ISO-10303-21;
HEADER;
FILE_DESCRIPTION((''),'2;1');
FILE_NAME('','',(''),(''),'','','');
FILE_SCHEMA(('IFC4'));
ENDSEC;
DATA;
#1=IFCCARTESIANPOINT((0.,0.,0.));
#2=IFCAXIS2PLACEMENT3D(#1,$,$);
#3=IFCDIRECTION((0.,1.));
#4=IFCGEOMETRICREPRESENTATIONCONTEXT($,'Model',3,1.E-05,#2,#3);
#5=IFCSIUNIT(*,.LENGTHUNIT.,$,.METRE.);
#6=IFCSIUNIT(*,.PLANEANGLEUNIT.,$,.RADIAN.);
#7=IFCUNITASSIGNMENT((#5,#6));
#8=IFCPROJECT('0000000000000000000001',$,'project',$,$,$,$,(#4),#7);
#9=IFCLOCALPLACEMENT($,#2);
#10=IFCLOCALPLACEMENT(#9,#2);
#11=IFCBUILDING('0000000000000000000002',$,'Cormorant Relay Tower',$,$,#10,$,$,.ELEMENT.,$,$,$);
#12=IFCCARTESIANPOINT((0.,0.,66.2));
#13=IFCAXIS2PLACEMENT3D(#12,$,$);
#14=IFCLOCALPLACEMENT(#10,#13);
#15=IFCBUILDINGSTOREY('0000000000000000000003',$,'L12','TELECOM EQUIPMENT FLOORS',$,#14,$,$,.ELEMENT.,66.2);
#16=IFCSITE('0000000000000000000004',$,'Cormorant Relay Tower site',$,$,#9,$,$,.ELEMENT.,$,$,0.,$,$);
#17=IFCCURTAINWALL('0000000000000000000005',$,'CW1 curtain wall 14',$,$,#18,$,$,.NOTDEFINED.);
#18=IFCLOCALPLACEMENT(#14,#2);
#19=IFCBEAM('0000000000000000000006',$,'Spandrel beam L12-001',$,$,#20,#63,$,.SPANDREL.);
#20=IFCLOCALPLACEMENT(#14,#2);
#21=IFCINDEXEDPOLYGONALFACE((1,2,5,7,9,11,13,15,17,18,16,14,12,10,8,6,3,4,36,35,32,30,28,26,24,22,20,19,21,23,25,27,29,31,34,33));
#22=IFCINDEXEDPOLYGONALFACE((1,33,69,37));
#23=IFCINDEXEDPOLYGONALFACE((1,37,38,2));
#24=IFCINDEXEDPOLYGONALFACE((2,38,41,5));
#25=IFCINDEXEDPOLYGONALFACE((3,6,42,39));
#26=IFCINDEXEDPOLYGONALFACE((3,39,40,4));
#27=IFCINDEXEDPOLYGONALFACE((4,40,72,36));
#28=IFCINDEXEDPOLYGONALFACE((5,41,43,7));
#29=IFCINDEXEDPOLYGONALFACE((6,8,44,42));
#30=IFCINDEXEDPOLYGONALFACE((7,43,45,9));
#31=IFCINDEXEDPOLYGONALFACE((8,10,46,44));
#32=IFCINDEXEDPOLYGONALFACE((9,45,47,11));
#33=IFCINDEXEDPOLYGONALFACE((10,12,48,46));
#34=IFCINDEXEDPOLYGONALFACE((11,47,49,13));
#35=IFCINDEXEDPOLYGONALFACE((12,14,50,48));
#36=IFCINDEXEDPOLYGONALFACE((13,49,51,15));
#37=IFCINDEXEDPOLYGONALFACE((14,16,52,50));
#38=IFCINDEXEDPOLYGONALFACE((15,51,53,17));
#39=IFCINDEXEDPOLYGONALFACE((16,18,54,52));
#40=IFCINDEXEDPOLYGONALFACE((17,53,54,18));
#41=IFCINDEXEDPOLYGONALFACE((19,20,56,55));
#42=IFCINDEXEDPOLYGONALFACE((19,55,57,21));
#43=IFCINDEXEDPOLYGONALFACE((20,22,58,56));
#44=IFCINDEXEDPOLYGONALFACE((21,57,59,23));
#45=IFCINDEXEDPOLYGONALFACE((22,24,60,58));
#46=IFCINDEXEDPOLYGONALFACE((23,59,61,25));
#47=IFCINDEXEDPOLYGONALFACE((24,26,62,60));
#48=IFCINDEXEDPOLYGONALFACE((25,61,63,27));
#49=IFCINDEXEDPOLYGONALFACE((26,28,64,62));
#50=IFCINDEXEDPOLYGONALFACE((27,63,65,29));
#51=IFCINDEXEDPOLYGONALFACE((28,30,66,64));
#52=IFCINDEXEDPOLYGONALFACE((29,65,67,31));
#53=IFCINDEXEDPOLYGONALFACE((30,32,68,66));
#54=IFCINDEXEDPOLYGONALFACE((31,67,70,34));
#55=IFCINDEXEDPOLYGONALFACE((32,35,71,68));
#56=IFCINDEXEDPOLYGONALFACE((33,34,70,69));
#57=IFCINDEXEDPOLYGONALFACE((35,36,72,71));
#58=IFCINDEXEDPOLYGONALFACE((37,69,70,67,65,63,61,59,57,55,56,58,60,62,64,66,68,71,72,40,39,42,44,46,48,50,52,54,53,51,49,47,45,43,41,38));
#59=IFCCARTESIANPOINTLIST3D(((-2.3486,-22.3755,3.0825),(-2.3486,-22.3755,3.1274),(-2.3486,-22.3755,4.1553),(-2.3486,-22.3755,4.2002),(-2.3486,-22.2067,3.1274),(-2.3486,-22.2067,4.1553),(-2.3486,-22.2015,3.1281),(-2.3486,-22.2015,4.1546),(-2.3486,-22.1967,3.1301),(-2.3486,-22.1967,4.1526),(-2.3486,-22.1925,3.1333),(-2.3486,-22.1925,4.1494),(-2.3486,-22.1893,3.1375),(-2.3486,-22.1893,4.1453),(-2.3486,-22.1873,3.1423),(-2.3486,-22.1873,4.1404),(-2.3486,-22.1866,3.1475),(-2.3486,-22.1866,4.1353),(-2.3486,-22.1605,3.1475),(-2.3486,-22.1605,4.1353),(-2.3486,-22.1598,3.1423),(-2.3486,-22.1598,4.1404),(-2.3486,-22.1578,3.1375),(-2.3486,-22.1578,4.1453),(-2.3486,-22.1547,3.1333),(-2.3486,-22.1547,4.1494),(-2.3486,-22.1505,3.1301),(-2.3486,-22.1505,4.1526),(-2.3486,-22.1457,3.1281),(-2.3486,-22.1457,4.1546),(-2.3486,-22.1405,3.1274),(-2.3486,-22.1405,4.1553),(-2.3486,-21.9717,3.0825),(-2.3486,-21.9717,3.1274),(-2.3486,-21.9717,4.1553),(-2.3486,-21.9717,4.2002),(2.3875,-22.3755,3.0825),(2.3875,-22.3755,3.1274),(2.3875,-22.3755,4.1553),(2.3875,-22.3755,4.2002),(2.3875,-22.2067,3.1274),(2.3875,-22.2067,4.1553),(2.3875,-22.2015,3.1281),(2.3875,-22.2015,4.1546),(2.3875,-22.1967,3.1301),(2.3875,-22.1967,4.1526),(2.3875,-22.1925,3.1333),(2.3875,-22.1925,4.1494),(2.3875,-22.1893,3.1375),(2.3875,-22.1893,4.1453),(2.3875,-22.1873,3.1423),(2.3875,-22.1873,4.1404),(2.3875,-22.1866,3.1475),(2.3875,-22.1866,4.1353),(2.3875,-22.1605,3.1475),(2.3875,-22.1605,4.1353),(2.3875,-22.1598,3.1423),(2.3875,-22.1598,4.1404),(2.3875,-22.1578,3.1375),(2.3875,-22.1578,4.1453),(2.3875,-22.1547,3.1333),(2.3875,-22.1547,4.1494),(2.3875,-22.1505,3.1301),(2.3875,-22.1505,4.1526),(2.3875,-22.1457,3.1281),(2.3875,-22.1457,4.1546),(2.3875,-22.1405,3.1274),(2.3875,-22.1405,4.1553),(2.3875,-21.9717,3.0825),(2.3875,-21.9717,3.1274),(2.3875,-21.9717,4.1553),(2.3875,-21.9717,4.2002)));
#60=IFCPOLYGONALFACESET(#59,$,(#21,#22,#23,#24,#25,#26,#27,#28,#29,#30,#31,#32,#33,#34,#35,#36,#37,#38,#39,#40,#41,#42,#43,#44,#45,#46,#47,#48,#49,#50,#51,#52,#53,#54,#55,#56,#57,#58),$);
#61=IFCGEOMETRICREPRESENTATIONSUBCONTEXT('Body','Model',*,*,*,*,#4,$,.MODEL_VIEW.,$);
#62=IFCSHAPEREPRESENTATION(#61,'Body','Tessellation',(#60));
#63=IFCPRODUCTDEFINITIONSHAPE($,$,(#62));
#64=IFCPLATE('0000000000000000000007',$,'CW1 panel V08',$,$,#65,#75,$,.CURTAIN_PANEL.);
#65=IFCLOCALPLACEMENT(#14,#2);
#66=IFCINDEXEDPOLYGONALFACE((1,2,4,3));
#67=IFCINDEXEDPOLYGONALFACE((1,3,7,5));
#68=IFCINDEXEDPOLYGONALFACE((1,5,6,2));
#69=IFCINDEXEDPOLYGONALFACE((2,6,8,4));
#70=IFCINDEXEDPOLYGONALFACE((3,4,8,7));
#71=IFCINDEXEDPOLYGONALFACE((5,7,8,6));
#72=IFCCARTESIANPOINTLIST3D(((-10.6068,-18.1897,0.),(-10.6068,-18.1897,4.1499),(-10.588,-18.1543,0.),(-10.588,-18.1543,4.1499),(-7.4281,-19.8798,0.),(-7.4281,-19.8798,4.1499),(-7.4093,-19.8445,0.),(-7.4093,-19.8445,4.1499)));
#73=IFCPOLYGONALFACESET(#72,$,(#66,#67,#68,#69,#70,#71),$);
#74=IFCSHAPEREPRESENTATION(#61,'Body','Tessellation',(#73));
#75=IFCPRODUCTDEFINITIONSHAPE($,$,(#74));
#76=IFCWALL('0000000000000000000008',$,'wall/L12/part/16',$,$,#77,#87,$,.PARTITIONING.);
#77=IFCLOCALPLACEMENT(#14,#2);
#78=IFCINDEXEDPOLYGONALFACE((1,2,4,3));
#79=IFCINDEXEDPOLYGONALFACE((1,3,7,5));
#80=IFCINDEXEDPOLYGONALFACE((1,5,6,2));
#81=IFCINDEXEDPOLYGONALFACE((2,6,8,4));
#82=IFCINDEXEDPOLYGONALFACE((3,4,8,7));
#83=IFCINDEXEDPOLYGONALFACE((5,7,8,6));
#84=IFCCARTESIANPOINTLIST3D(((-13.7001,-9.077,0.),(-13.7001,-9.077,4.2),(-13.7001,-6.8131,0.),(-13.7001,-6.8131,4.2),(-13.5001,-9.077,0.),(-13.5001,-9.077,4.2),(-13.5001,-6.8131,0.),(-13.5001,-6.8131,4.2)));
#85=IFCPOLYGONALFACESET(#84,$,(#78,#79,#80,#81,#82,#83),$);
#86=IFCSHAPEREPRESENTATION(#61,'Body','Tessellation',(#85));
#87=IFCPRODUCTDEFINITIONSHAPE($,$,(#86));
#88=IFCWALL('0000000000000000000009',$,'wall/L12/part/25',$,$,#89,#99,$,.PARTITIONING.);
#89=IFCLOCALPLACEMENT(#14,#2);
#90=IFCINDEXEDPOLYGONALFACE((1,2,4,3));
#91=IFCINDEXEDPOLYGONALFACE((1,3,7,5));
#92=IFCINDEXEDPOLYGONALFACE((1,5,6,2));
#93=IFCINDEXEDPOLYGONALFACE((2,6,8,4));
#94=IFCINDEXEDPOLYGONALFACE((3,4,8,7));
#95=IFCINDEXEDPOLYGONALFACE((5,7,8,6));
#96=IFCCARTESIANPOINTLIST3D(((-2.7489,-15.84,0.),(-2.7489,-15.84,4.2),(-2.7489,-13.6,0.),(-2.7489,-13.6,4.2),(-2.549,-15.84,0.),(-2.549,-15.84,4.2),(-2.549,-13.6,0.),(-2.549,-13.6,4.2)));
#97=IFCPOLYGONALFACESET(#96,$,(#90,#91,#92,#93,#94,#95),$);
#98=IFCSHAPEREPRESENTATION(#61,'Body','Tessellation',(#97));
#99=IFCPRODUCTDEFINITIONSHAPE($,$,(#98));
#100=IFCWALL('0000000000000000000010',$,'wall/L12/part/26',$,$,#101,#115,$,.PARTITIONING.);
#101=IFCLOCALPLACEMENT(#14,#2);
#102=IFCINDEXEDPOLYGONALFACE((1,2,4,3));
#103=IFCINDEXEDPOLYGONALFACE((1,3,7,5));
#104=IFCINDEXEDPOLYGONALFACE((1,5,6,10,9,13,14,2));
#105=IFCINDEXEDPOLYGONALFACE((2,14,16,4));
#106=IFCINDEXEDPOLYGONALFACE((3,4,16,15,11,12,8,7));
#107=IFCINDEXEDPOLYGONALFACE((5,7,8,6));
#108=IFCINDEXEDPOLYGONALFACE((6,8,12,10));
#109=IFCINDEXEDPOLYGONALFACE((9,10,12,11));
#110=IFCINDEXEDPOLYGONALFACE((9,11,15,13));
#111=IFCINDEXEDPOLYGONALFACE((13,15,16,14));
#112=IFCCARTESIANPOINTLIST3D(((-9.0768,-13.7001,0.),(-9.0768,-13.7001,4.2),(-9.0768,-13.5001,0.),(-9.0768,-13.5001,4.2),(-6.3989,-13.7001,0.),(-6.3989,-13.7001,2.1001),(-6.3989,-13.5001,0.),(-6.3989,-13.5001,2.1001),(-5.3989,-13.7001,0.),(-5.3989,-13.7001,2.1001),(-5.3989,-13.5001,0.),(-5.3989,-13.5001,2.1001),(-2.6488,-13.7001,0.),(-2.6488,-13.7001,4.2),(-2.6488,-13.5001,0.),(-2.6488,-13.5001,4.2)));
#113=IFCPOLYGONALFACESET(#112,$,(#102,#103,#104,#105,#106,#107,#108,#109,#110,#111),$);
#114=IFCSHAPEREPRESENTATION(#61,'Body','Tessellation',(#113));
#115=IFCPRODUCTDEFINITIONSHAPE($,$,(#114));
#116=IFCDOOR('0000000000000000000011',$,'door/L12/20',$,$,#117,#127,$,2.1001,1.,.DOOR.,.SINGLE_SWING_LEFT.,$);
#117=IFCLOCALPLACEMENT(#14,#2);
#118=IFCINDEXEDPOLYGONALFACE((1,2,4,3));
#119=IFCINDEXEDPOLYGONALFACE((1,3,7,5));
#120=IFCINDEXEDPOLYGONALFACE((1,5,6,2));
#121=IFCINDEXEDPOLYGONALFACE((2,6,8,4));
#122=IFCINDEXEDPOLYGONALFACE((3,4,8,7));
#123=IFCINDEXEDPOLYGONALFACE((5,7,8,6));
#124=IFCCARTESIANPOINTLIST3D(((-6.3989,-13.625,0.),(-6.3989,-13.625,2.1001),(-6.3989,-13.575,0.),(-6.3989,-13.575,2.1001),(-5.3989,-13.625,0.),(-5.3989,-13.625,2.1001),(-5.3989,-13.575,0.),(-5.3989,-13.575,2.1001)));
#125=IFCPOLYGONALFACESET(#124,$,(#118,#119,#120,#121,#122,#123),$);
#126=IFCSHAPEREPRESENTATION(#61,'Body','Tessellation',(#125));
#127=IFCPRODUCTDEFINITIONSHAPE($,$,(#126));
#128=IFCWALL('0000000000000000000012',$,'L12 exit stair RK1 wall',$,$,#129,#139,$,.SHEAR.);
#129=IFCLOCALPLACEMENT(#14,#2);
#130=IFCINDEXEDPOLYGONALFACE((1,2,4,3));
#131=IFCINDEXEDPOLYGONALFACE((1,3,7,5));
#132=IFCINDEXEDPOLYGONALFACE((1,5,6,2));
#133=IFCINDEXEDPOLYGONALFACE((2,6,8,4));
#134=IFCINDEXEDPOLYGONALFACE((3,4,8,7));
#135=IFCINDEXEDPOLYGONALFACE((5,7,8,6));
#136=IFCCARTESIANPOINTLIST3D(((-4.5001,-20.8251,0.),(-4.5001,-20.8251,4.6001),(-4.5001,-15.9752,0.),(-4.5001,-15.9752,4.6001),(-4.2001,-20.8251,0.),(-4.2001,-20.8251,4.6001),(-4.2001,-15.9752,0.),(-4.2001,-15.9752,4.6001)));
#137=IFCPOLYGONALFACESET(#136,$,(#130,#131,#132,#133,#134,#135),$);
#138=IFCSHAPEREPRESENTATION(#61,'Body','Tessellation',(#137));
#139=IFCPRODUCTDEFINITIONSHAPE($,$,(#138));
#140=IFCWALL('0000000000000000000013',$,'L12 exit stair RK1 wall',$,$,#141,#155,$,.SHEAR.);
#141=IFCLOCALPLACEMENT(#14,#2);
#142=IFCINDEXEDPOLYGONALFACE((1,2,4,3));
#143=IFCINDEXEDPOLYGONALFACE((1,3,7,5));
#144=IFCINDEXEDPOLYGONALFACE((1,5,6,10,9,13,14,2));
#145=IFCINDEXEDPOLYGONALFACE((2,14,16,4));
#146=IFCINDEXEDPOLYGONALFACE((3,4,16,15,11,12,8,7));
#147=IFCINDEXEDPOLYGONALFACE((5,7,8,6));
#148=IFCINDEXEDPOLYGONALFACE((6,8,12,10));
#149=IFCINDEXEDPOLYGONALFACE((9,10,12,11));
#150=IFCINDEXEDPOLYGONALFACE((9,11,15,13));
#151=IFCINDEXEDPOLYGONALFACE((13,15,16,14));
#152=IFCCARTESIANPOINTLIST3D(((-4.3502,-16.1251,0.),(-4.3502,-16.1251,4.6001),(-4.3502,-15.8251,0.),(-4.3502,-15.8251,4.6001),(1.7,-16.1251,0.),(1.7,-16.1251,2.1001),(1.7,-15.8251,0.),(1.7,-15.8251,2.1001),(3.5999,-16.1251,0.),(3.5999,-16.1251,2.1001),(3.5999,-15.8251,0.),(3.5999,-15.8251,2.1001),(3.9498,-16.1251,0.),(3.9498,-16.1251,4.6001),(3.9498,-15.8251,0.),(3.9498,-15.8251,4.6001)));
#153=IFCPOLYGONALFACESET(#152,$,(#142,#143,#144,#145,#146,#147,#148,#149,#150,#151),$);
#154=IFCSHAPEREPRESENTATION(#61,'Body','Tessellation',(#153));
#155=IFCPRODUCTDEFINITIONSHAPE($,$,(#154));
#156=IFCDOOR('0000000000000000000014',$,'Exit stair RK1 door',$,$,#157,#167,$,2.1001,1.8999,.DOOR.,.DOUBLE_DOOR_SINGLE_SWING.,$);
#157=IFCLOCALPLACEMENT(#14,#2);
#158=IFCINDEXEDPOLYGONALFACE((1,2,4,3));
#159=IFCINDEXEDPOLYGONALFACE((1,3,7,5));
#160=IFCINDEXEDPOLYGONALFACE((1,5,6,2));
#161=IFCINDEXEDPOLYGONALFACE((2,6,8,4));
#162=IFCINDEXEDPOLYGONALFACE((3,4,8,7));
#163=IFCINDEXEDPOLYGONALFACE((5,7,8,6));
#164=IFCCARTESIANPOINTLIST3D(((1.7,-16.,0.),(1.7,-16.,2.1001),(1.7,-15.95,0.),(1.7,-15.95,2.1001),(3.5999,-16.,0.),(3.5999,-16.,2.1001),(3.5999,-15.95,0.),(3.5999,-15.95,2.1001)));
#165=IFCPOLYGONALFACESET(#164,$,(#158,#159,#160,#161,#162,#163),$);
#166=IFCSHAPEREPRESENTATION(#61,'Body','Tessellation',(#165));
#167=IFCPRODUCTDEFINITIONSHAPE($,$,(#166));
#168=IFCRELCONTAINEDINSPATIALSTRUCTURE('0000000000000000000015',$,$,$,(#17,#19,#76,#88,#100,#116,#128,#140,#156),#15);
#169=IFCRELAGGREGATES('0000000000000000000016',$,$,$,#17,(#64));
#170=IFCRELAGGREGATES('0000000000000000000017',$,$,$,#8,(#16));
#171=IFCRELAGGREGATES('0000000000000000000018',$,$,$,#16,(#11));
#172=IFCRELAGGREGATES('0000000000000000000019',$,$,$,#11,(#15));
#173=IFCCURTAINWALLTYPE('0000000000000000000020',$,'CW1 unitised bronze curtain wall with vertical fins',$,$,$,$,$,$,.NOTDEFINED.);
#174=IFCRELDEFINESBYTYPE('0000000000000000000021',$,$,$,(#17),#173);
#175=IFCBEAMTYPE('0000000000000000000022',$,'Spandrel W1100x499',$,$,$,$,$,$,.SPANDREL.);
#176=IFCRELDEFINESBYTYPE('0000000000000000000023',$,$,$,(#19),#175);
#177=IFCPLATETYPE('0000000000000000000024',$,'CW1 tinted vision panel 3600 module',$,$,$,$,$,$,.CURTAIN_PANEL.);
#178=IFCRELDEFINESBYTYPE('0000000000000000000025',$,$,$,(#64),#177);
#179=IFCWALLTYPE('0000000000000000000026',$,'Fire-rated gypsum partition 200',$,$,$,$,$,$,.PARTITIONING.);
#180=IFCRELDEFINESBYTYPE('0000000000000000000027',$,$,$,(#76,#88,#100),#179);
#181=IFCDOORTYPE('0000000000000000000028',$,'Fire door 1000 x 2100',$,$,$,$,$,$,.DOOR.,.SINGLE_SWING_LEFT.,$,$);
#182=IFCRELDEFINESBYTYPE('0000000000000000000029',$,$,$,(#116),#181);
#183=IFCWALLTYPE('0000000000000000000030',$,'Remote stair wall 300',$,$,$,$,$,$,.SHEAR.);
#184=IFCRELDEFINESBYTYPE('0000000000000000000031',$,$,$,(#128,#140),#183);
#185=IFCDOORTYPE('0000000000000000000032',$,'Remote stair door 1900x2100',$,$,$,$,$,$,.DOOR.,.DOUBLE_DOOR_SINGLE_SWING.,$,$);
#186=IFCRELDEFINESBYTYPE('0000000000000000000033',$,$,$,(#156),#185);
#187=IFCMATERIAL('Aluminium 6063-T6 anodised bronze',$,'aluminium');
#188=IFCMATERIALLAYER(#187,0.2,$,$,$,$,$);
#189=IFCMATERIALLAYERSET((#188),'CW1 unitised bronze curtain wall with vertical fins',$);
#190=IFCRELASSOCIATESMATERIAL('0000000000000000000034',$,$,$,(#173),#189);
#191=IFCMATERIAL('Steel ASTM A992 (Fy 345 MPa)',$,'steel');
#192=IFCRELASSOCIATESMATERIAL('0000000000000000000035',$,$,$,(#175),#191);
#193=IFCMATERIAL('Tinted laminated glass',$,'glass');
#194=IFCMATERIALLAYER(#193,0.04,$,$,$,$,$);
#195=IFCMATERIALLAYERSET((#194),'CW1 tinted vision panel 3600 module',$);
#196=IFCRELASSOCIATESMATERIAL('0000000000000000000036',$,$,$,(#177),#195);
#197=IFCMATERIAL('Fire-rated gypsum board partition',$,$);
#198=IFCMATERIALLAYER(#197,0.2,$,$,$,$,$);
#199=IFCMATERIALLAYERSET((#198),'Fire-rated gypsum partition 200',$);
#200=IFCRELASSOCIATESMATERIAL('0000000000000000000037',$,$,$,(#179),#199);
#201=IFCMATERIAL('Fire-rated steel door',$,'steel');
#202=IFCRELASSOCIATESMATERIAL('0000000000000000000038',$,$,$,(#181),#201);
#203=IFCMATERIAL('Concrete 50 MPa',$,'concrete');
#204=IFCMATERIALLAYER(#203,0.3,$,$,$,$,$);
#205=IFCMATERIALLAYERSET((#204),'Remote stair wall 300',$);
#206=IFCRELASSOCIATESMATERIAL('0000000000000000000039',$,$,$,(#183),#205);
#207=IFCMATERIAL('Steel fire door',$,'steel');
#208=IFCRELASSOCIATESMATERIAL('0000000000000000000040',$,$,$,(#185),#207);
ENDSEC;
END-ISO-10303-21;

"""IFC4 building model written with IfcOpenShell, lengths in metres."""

from ifc_helpers import new_model, si_unit, direction, frame, frame_2d, origin, origin_2d, place, context, subcontext, project, spatial, rectangle, i_section, extrude, material, layer, layer_set, material_profile, profile_set, type_object, element, fill, aggregate, save


model = new_model("IFC4")

# Units and contexts
model_context = context("Model", 3, precision=1e-05, world=origin(), true_north=direction((0.0, 1.0)))
body_context = subcontext(model_context, "Body", "Model", "MODEL_VIEW")
ifc_project = project(units=[si_unit("LENGTHUNIT", "METRE"), si_unit("PLANEANGLEUNIT", "RADIAN")], contexts=[model_context])

# Site, building, storey
site_placement = place(None, origin())
site = spatial("IfcSite", under=ifc_project, at=site_placement, Name="Cormorant Relay Tower site", CompositionType="ELEMENT", RefElevation=0.0)
building_placement = place(site_placement, origin())
building = spatial("IfcBuilding", under=site, at=building_placement, Name="Cormorant Relay Tower", CompositionType="ELEMENT")
storey_placement = place(building_placement, frame((0.0, 0.0, 66.2)))
storey = spatial("IfcBuildingStorey", under=building, at=storey_placement, Name="L12", Description="TELECOM EQUIPMENT FLOORS", CompositionType="ELEMENT", Elevation=66.2)

# Shared definitions
ifc_material_1 = material(Name="Aluminium 6063-T6 anodised bronze", Category="aluminium")
ifc_layer_1 = layer(ifc_material_1, 0.2)
ifc_layer_set_1 = layer_set([ifc_layer_1], Name="CW1 unitised bronze curtain wall with vertical fins")
curtain_wall_type = type_object("IfcCurtainWallType", Name="CW1 unitised bronze curtain wall with vertical fins", PredefinedType="NOTDEFINED", material=ifc_layer_set_1)

# Curtain wall
curtain_wall_1_placement = place(storey_placement, origin())
curtain_wall_1 = element("IfcCurtainWall", 1, at=curtain_wall_1_placement, inside=storey, type_object=curtain_wall_type, Name="CW1 curtain wall 14", PredefinedType="NOTDEFINED")

# Beam
ifc_material_2 = material(Name="Steel ASTM A992 (Fy 345 MPa)", Category="steel")
ifc_material_profile_1 = material_profile(ifc_material_2, i_section(OverallWidth=0.4038, OverallDepth=1.1177, WebThickness=0.0261, FlangeThickness=0.0449, FilletRadius=0.02, at=origin_2d()), Name="W1100x499")
ifc_profile_set_1 = profile_set([ifc_material_profile_1], Name="Steel ASTM A992 (Fy 345 MPa)")
beam_type = type_object("IfcBeamType", Name="Spandrel W1100x499", PredefinedType="SPANDREL", material=ifc_profile_set_1)
beam_placement = place(storey_placement, frame((-2.3486, -22.1736, 3.6414), z_axis=(1.0, 0.0, 0.0), x_axis=(0.0, 1.0, 0.0)))
element("IfcBeam", 2, at=beam_placement, inside=storey, type_object=beam_type, Name="Spandrel beam L12-001", PredefinedType="SPANDREL", context=body_context, shape_type="SweptSolid", body=[
    extrude(i_section(OverallWidth=0.4038, OverallDepth=1.1177, WebThickness=0.0261, FlangeThickness=0.0449, FilletRadius=0.02, at=origin_2d()), origin(), (0.0, 0.0, 1.0), 4.7361),
])

# Plate
ifc_material_3 = material(Name="Tinted laminated glass", Category="glass")
ifc_layer_2 = layer(ifc_material_3, 0.04)
ifc_layer_set_2 = layer_set([ifc_layer_2], Name="CW1 tinted vision panel 3600 module")
plate_type = type_object("IfcPlateType", Name="CW1 tinted vision panel 3600 module", PredefinedType="CURTAIN_PANEL", material=ifc_layer_set_2)
plate_placement = place(storey_placement, frame((-9.0081, -19.0171, 0.0), z_axis=(0.0, 0.0, 1.0), x_axis=(0.882948, -0.469472, 0.0)))
plate = element("IfcPlate", 3, at=plate_placement, type_object=plate_type, Name="CW1 panel V08", PredefinedType="CURTAIN_PANEL", context=body_context, shape_type="SweptSolid", body=[
    extrude(rectangle(XDim=3.6001, YDim=0.04, at=origin_2d()), origin(), (0.0, 0.0, 1.0), 4.1499),
])

# Walls
ifc_material_4 = material(Name="Fire-rated gypsum board partition")
ifc_layer_3 = layer(ifc_material_4, 0.2)
ifc_layer_set_3 = layer_set([ifc_layer_3], Name="Fire-rated gypsum partition 200")
wall_type_1 = type_object("IfcWallType", Name="Fire-rated gypsum partition 200", PredefinedType="PARTITIONING", material=ifc_layer_set_3)
wall_1_placement = place(storey_placement, frame((-13.6001, -9.0769, 0.0), z_axis=(0.0, 0.0, 1.0), x_axis=(0.0, 1.0, 0.0)))
element("IfcWall", 4, at=wall_1_placement, inside=storey, type_object=wall_type_1, Name="wall/L12/part/16", PredefinedType="PARTITIONING", context=body_context, shape_type="SweptSolid", body=[
    extrude(rectangle(XDim=2.2639, YDim=0.2, at=frame_2d((1.1318, 0.0))), origin(), (0.0, 0.0, 1.0), 4.2),
])
wall_2_placement = place(storey_placement, frame((-2.6489, -15.8401, 0.0), z_axis=(0.0, 0.0, 1.0), x_axis=(0.0, 1.0, 0.0)))
element("IfcWall", 5, at=wall_2_placement, inside=storey, type_object=wall_type_1, Name="wall/L12/part/25", PredefinedType="PARTITIONING", context=body_context, shape_type="SweptSolid", body=[
    extrude(rectangle(XDim=2.24, YDim=0.2, at=frame_2d((1.1201, 0.0))), origin(), (0.0, 0.0, 1.0), 4.2),
])

# Wall, opening, door
wall_3_placement = place(storey_placement, frame((-2.6489, -13.6001, 0.0), z_axis=(0.0, 0.0, 1.0), x_axis=(-1.0, 0.0, 0.0)))
wall_3 = element("IfcWall", 6, at=wall_3_placement, inside=storey, type_object=wall_type_1, Name="wall/L12/part/26", PredefinedType="PARTITIONING", context=body_context, shape_type="SweptSolid", body=[
    extrude(rectangle(XDim=6.428, YDim=0.2, at=frame_2d((3.2139, 0.0))), origin(), (0.0, 0.0, 1.0), 4.2),
])
opening_1_placement = place(wall_3_placement, frame((2.75, 0.0, 0.0)))
opening_1 = element("IfcOpeningElement", 7, at=opening_1_placement, cuts=wall_3, PredefinedType="OPENING", context=body_context, shape_type="SweptSolid", body=[
    extrude(rectangle(XDim=1.0, YDim=2.1001, at=frame_2d((0.5, 1.05))), frame((0.0, 0.1099, 0.0), z_axis=(0.0, -1.0, 0.0), x_axis=(1.0, 0.0, 0.0)), (0.0, 0.0, 1.0), 0.22),
])
ifc_material_5 = material(Name="Fire-rated steel door", Category="steel")
door_type_1 = type_object("IfcDoorType", Name="Fire door 1000 x 2100", OperationType="SINGLE_SWING_LEFT", PredefinedType="DOOR", material=ifc_material_5)
door_1_placement = place(opening_1_placement, origin())
door_1 = element("IfcDoor", 8, at=door_1_placement, inside=storey, type_object=door_type_1, Name="door/L12/20", OperationType="SINGLE_SWING_LEFT", OverallHeight=2.1001, OverallWidth=1.0, PredefinedType="DOOR", context=body_context, shape_type="SweptSolid", body=[
    extrude(rectangle(XDim=1.0, YDim=2.1001, at=frame_2d((0.5, 1.05))), frame((0.0, 0.0249, 0.0), z_axis=(0.0, -1.0, 0.0), x_axis=(1.0, 0.0, 0.0)), (0.0, 0.0, 1.0), 0.05),
])
fill(opening_1, door_1)

# Wall
ifc_material_6 = material(Name="Concrete 50 MPa", Category="concrete")
ifc_layer_4 = layer(ifc_material_6, 0.3)
ifc_layer_set_4 = layer_set([ifc_layer_4], Name="Remote stair wall 300")
wall_type_2 = type_object("IfcWallType", Name="Remote stair wall 300", PredefinedType="SHEAR", material=ifc_layer_set_4)
wall_4_placement = place(storey_placement, frame((-4.3501, -20.825, 0.0), z_axis=(0.0, 0.0, 1.0), x_axis=(0.0, 1.0, 0.0)))
element("IfcWall", 9, at=wall_4_placement, inside=storey, type_object=wall_type_2, Name="L12 exit stair RK1 wall", PredefinedType="SHEAR", context=body_context, shape_type="SweptSolid", body=[
    extrude(rectangle(XDim=4.8499, YDim=0.3, at=frame_2d((2.4248, 0.0))), origin(), (0.0, 0.0, 1.0), 4.6001),
])

# Wall, opening, door
wall_5_placement = place(storey_placement, frame((-4.3501, -15.9751, 0.0), z_axis=(0.0, 0.0, 1.0), x_axis=(1.0, 0.0, 0.0)))
wall_5 = element("IfcWall", 10, at=wall_5_placement, inside=storey, type_object=wall_type_2, Name="L12 exit stair RK1 wall", PredefinedType="SHEAR", context=body_context, shape_type="SweptSolid", body=[
    extrude(rectangle(XDim=8.3, YDim=0.3, at=frame_2d((4.1499, 0.0))), origin(), (0.0, 0.0, 1.0), 4.6001),
])
opening_2_placement = place(wall_5_placement, frame((6.05, 0.0, 0.0)))
opening_2 = element("IfcOpeningElement", 11, at=opening_2_placement, cuts=wall_5, PredefinedType="OPENING", context=body_context, shape_type="SweptSolid", body=[
    extrude(rectangle(XDim=1.8999, YDim=2.1001, at=frame_2d((0.95, 1.05))), frame((0.0, 0.1599, 0.0), z_axis=(0.0, -1.0, 0.0), x_axis=(1.0, 0.0, 0.0)), (0.0, 0.0, 1.0), 0.3201),
])
ifc_material_7 = material(Name="Steel fire door", Category="steel")
door_type_2 = type_object("IfcDoorType", Name="Remote stair door 1900x2100", OperationType="DOUBLE_DOOR_SINGLE_SWING", PredefinedType="DOOR", material=ifc_material_7)
door_2_placement = place(opening_2_placement, frame((1.8999, 0.0, 0.0), z_axis=(0.0, 0.0, 1.0), x_axis=(-1.0, 0.0, 0.0)))
door_2 = element("IfcDoor", 12, at=door_2_placement, inside=storey, type_object=door_type_2, Name="Exit stair RK1 door", OperationType="DOUBLE_DOOR_SINGLE_SWING", OverallHeight=2.1001, OverallWidth=1.8999, PredefinedType="DOOR", context=body_context, shape_type="SweptSolid", body=[
    extrude(rectangle(XDim=1.8999, YDim=2.1001, at=frame_2d((0.95, 1.05))), frame((0.0, 0.0249, 0.0), z_axis=(0.0, -1.0, 0.0), x_axis=(1.0, 0.0, 0.0)), (0.0, 0.0, 1.0), 0.05),
])
fill(opening_2, door_2)

aggregate(curtain_wall_1, [plate])

save(model, "model.ifc")
